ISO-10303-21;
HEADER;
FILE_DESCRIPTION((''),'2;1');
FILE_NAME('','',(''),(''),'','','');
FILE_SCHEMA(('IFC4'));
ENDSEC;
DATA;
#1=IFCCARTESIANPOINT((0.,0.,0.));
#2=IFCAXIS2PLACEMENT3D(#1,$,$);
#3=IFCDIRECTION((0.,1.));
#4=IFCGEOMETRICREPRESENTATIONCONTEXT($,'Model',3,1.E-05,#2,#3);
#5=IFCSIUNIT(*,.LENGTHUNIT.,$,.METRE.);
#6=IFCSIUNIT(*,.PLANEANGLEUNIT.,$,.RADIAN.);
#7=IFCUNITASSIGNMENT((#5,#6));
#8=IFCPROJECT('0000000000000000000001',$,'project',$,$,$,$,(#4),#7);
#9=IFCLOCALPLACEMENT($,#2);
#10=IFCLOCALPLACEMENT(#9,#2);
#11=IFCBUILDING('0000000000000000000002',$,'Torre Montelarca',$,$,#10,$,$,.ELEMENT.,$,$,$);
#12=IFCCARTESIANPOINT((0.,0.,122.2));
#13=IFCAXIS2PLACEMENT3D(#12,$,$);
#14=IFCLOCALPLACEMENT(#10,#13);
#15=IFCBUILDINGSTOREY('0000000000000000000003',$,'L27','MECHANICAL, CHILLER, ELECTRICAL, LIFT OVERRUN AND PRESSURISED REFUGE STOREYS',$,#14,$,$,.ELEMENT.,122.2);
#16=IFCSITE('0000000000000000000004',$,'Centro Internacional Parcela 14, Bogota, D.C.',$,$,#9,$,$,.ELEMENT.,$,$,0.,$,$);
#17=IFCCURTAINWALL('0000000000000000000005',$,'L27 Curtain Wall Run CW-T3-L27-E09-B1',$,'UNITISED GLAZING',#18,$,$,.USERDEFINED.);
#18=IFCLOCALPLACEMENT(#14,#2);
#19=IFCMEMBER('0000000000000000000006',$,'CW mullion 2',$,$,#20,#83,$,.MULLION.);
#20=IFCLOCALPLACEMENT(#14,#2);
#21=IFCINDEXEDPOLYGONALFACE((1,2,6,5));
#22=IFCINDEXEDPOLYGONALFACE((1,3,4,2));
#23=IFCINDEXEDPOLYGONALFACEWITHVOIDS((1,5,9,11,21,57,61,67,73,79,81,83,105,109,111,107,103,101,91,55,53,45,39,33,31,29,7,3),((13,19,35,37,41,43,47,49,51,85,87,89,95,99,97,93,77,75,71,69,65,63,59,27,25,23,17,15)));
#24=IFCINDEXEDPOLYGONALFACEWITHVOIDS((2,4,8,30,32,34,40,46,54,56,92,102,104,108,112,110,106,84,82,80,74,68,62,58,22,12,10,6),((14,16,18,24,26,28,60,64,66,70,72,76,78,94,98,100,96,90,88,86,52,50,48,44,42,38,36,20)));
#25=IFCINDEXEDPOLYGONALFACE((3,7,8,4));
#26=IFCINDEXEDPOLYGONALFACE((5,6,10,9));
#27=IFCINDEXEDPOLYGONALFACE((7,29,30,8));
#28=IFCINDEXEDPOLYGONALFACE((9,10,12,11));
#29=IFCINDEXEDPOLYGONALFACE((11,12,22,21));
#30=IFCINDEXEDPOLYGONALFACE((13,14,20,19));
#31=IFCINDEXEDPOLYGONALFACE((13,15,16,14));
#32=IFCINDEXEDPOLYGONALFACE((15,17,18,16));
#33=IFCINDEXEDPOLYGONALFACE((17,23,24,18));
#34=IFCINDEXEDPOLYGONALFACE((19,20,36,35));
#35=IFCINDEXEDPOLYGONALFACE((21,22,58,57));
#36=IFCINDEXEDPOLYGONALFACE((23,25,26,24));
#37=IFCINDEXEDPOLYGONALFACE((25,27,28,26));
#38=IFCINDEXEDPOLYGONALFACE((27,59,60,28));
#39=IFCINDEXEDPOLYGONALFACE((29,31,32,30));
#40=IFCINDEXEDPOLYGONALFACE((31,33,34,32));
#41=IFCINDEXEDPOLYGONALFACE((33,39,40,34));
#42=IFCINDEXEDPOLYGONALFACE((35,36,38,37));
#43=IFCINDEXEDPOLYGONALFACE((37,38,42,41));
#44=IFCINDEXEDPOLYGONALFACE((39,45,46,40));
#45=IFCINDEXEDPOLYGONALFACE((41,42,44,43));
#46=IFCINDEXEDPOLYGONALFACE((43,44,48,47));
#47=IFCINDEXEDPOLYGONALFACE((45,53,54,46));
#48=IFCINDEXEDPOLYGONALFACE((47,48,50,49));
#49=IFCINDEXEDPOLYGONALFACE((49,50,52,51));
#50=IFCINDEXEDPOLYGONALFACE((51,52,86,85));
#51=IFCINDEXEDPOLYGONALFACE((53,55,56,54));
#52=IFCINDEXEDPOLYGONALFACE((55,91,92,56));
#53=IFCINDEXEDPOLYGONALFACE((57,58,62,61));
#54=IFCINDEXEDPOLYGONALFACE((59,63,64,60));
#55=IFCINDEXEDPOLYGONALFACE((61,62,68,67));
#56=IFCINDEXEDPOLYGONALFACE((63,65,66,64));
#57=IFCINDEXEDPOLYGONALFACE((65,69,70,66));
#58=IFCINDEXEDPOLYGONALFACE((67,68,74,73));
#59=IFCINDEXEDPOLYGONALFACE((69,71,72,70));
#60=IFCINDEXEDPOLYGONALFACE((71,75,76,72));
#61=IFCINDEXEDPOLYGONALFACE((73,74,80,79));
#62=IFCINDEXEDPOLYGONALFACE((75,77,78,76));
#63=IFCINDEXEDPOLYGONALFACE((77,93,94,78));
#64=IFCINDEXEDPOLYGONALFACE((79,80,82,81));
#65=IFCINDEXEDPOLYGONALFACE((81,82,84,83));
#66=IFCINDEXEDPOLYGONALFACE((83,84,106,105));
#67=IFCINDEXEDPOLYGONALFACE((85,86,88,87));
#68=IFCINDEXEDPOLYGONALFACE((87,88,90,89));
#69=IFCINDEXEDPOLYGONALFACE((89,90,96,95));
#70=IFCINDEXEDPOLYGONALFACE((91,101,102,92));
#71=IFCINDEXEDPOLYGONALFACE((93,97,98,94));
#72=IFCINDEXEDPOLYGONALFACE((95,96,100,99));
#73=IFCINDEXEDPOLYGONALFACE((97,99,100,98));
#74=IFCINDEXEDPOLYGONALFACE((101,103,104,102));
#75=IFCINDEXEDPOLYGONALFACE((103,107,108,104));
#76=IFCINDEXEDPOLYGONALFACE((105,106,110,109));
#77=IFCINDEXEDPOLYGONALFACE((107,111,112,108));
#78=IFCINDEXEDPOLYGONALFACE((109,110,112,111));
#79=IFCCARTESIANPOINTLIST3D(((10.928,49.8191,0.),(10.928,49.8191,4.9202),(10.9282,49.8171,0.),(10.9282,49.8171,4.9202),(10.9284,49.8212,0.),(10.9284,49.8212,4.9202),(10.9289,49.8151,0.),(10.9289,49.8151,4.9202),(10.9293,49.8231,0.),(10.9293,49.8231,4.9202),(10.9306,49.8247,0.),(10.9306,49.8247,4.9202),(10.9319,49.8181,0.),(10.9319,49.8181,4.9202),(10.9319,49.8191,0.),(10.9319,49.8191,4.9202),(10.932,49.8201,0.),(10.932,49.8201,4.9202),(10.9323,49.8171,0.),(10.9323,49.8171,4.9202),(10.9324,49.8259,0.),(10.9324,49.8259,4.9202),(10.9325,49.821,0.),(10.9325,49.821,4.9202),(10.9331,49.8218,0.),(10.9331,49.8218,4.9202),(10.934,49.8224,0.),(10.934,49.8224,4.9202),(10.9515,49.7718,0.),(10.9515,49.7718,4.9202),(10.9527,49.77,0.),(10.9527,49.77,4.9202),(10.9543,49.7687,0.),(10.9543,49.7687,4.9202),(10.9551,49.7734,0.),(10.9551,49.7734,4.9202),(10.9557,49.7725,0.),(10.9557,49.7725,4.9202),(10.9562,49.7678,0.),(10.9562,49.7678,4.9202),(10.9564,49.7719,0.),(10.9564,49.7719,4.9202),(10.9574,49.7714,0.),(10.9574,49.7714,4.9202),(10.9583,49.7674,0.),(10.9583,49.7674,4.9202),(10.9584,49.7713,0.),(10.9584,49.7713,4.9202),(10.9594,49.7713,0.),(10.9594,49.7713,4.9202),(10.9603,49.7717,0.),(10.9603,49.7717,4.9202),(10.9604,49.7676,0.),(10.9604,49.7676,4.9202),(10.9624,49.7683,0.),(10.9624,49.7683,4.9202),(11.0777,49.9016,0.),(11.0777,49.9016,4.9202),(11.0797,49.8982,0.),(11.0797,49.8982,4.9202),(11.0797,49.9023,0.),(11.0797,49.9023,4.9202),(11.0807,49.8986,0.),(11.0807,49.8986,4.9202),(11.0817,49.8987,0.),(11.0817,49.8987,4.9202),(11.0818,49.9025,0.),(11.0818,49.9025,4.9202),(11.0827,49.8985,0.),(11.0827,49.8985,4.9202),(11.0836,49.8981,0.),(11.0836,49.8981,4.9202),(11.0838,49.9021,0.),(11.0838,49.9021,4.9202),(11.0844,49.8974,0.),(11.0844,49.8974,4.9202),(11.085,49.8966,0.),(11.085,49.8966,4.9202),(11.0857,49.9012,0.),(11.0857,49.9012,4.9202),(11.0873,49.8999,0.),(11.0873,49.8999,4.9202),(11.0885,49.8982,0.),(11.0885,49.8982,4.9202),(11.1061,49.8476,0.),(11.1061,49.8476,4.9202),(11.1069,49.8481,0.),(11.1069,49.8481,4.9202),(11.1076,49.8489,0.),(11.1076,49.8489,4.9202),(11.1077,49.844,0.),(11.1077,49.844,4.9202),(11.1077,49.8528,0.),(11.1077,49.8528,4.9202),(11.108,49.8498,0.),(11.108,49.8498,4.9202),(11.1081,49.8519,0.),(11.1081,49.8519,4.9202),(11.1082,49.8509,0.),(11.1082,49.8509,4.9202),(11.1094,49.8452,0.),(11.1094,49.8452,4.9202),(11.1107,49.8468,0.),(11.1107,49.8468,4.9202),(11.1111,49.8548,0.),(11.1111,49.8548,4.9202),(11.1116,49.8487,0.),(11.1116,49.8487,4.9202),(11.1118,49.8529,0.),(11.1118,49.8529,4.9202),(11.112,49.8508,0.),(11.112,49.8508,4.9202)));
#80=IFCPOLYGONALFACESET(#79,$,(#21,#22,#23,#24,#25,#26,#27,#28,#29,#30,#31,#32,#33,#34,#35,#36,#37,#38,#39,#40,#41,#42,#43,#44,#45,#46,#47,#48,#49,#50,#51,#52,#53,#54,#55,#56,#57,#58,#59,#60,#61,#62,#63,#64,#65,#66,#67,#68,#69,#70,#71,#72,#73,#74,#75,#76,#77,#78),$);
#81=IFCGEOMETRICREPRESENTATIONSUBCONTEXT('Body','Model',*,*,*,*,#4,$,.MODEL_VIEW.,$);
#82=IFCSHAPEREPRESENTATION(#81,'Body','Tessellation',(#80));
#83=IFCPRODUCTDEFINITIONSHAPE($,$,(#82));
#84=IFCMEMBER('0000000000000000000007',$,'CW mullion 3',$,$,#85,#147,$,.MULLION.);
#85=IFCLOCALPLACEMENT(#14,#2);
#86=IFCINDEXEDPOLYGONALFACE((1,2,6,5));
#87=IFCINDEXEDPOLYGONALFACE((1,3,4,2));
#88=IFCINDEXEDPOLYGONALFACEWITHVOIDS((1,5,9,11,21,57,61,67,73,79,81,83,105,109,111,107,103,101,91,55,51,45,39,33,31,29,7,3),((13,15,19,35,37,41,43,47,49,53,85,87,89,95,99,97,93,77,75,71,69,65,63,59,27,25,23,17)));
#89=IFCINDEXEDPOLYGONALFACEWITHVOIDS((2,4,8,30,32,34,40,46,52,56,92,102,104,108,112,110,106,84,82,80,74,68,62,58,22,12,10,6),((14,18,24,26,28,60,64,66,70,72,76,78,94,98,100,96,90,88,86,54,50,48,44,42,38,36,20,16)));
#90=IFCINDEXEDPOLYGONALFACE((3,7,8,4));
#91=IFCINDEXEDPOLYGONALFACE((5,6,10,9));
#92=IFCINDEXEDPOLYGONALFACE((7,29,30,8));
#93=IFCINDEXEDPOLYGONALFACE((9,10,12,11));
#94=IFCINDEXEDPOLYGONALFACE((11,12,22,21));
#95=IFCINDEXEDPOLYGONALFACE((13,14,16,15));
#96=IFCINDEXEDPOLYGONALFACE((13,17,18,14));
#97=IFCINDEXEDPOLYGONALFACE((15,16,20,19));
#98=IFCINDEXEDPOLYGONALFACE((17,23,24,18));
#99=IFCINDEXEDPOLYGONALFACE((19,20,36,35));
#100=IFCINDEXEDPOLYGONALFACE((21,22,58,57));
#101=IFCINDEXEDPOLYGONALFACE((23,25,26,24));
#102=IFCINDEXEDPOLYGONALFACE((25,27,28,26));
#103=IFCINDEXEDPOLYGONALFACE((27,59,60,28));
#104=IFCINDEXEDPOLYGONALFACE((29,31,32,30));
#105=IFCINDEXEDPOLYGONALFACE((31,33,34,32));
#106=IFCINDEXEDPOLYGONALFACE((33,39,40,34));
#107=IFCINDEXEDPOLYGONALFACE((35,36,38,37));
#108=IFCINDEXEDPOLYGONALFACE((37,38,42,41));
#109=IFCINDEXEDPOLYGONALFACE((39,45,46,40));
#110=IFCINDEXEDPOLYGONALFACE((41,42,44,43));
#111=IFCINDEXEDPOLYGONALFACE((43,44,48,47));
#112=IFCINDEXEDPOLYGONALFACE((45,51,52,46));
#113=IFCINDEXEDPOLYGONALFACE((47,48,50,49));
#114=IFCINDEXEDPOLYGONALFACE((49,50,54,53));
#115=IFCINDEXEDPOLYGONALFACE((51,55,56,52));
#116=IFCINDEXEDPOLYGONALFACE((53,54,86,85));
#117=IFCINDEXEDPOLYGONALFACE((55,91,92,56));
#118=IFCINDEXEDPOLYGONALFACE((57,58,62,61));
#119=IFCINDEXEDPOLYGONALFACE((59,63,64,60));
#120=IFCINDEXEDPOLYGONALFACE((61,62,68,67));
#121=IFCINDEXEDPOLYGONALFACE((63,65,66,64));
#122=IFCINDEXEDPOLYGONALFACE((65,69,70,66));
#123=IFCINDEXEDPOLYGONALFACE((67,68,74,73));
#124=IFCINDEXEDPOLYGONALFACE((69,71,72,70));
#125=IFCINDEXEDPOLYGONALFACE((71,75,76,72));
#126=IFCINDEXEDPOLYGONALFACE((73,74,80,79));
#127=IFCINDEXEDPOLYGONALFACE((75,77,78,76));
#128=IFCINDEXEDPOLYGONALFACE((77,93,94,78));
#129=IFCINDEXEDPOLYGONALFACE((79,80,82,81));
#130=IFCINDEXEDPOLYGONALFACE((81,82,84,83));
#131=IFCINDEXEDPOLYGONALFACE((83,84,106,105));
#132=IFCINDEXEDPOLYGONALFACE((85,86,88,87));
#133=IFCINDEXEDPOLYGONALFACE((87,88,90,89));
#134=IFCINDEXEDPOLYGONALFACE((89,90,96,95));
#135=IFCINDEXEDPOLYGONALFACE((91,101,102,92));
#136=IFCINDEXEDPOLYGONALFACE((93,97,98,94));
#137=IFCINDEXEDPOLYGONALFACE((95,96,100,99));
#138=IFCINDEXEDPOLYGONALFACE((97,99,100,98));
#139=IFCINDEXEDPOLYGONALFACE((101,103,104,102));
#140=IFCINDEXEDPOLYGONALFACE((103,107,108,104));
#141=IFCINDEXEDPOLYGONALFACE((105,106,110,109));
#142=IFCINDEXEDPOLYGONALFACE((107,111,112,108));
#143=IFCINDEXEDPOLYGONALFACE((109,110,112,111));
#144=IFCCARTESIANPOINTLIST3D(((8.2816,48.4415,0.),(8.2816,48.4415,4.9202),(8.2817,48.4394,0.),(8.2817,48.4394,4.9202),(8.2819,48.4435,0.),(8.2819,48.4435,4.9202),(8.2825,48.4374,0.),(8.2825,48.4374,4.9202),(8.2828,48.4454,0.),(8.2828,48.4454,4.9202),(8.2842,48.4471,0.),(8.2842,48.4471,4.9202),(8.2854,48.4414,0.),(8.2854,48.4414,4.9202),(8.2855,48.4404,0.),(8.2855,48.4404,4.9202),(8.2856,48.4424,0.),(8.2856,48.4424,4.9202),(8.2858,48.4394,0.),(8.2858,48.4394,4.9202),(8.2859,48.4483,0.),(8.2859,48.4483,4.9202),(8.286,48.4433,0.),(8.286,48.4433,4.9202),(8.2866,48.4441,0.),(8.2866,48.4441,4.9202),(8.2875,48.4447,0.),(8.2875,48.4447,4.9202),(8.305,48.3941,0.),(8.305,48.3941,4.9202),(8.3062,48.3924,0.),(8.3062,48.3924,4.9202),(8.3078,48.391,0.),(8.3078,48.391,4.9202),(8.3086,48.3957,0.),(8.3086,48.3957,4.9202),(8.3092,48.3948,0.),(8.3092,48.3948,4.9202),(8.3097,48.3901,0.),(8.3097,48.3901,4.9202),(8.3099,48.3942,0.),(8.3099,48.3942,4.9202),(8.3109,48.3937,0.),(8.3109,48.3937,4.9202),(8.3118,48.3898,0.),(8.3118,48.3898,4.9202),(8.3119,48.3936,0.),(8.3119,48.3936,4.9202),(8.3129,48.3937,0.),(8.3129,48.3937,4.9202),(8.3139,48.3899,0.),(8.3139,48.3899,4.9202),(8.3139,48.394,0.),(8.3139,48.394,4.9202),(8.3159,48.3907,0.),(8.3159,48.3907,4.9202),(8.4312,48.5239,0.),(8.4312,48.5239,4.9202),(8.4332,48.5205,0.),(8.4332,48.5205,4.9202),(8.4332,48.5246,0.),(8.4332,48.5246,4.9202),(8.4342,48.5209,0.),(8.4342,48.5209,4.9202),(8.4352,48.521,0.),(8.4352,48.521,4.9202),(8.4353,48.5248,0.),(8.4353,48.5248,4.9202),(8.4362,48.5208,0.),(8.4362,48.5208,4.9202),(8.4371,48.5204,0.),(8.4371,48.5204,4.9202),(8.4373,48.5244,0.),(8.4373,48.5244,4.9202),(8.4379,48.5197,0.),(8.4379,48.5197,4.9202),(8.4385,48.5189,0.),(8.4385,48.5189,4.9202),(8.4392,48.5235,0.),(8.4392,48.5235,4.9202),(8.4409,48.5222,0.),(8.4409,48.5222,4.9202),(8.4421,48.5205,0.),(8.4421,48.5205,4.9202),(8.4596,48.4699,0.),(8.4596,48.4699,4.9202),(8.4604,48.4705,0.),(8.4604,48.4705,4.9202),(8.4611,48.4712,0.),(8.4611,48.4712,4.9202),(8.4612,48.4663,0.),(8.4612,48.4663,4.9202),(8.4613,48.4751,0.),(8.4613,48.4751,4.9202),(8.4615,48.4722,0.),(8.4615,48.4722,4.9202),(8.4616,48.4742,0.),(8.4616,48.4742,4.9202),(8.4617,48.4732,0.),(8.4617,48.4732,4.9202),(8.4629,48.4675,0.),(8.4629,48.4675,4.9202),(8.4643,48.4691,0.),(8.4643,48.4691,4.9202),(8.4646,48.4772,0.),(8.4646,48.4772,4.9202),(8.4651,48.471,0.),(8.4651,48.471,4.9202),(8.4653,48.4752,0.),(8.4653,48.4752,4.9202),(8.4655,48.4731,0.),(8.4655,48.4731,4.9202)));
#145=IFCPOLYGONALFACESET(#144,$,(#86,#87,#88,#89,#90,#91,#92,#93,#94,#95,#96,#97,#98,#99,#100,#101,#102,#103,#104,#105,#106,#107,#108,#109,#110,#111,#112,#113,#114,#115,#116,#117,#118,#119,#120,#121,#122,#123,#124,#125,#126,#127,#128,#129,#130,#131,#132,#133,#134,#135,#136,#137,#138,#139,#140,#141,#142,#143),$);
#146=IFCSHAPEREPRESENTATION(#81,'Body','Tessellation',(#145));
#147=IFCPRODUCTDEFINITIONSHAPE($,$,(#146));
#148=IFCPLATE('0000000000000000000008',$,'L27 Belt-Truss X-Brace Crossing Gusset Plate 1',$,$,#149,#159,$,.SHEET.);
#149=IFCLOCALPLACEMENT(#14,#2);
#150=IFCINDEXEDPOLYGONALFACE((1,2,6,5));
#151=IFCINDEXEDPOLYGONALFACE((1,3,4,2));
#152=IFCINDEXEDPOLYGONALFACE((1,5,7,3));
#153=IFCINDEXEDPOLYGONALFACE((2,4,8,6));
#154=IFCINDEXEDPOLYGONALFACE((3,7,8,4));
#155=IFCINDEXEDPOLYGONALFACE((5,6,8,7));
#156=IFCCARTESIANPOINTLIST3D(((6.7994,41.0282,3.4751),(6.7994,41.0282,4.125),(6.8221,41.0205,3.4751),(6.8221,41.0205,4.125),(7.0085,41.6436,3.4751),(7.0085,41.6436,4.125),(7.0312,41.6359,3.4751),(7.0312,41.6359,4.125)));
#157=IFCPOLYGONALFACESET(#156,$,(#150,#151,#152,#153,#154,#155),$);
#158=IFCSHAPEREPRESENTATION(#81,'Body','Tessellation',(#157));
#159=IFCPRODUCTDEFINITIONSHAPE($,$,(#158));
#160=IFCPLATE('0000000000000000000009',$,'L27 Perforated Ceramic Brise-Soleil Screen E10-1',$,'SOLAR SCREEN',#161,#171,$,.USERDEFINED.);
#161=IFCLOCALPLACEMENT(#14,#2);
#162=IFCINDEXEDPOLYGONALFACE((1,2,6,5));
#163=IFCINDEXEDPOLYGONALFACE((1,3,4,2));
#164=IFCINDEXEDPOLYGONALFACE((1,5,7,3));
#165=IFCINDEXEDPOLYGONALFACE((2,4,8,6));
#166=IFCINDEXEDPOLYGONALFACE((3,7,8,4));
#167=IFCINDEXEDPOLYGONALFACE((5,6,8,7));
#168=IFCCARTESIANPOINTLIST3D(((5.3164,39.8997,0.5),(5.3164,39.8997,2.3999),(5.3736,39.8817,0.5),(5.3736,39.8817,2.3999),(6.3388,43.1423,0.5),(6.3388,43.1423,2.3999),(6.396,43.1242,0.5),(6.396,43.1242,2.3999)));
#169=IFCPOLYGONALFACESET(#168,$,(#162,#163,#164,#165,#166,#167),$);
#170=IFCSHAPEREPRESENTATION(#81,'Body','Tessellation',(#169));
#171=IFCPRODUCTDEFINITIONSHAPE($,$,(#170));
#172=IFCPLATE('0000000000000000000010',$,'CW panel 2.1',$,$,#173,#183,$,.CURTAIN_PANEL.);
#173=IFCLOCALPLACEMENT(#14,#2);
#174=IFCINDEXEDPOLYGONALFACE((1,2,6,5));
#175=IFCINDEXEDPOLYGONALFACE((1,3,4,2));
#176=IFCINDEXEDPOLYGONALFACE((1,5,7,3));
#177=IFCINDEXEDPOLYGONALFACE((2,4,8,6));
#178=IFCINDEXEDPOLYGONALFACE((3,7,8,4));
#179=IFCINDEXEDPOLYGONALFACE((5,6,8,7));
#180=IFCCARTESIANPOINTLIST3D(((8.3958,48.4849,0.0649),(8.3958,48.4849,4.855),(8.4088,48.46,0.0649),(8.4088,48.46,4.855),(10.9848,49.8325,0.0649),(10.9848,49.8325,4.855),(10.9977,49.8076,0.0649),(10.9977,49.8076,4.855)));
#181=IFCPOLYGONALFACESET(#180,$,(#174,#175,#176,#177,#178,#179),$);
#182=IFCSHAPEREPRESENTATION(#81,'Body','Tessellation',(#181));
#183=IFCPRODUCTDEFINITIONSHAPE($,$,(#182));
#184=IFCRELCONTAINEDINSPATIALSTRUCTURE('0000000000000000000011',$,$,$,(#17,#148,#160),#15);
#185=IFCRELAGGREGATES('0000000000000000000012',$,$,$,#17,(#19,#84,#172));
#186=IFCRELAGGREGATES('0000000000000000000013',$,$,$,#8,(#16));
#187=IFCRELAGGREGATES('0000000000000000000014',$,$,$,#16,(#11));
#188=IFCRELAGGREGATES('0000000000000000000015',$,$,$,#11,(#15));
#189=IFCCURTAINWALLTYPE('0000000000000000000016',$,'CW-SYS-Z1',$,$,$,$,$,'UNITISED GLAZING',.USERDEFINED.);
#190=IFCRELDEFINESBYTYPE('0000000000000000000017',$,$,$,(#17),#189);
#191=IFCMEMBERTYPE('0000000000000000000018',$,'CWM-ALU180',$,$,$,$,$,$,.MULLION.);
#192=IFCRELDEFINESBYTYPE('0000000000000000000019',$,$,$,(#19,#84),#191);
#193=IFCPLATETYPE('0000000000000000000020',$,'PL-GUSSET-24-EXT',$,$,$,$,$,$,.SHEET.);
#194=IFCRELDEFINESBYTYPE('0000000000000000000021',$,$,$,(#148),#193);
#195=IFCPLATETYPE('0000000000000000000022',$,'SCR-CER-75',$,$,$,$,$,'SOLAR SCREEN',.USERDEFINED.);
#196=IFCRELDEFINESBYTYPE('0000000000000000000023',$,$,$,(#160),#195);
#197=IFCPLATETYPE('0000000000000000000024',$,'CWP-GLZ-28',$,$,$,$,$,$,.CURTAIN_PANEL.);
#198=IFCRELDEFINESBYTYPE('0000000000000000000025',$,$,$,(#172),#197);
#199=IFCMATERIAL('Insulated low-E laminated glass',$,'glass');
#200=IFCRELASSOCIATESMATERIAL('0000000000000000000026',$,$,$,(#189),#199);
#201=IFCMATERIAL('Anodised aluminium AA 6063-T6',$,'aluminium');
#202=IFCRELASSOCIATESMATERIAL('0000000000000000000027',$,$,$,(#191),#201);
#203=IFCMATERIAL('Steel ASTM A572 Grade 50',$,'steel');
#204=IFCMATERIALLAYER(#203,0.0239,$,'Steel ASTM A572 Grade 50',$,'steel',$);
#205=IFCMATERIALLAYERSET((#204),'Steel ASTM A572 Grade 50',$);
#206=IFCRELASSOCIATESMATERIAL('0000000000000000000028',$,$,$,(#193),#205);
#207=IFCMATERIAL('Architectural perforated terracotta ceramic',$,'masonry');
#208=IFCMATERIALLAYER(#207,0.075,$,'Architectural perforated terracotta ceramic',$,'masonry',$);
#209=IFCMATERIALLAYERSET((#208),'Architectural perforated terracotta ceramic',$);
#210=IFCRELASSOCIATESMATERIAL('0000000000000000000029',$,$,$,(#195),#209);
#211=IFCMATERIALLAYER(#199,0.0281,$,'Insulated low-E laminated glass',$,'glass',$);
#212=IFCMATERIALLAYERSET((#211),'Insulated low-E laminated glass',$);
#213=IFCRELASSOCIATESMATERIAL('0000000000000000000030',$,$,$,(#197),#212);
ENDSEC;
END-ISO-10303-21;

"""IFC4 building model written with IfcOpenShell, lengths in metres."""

from ifc_helpers import new_model, si_unit, direction, frame, origin, origin_2d, place, context, subcontext, project, spatial, rectangle, hollow_rectangle, extrude, source, transform, mapped, material, layer, layer_set, material_profile, profile_set, type_object, element, aggregate, save


model = new_model("IFC4")

# Units and contexts
model_context = context("Model", 3, precision=1e-05, world=origin(), true_north=direction((0.0, 1.0)))
body_context = subcontext(model_context, "Body", "Model", "MODEL_VIEW")
ifc_project = project(units=[si_unit("LENGTHUNIT", "METRE"), si_unit("PLANEANGLEUNIT", "RADIAN")], contexts=[model_context])

# Site, building, storey
site_placement = place(None, origin())
site = spatial("IfcSite", under=ifc_project, at=site_placement, Name="Centro Internacional Parcela 14, Bogota, D.C.", CompositionType="ELEMENT", RefElevation=0.0)
building_placement = place(site_placement, origin())
building = spatial("IfcBuilding", under=site, at=building_placement, Name="Torre Montelarca", CompositionType="ELEMENT")
storey_placement = place(building_placement, frame((0.0, 0.0, 122.2)))
storey = spatial("IfcBuildingStorey", under=building, at=storey_placement, Name="L27", Description="MECHANICAL, CHILLER, ELECTRICAL, LIFT OVERRUN AND PRESSURISED REFUGE STOREYS", CompositionType="ELEMENT", Elevation=122.2)

# Curtain wall, members
ifc_material_1 = material(Name="Insulated low-E laminated glass", Category="glass")
curtain_wall_type = type_object("IfcCurtainWallType", Name="CW-SYS-Z1", ElementType="UNITISED GLAZING", PredefinedType="USERDEFINED", material=ifc_material_1)
curtain_wall_placement = place(storey_placement, origin())
curtain_wall = element("IfcCurtainWall", 1, at=curtain_wall_placement, inside=storey, type_object=curtain_wall_type, Name="L27 Curtain Wall Run CW-T3-L27-E09-B1", ObjectType="UNITISED GLAZING", PredefinedType="USERDEFINED")
ifc_material_2 = material(Name="Anodised aluminium AA 6063-T6", Category="aluminium")
ifc_material_profile_1 = material_profile(ifc_material_2, hollow_rectangle(XDim=0.0649, YDim=0.1799, WallThickness=0.0039, InnerFilletRadius=0.0039, OuterFilletRadius=0.0081, at=origin_2d()), Name="ALU65X180X4", Category="aluminium")
ifc_profile_set_1 = profile_set([ifc_material_profile_1], Name="Anodised aluminium AA 6063-T6")
member_type_1 = type_object("IfcMemberType", Name="CWM-ALU180", PredefinedType="MULLION", material=ifc_profile_set_1)
shared_shape_1 = source(origin(), body_context, "Body", "SweptSolid", [
    extrude(hollow_rectangle(XDim=0.0649, YDim=0.1799, WallThickness=0.0039, InnerFilletRadius=0.0039, OuterFilletRadius=0.0081, at=origin_2d()), origin(), (0.0, 0.0, 1.0), 4.9202),
])
member_1_placement = place(storey_placement, frame((11.02, 49.835, 0.0), z_axis=(0.0, 0.0, 1.0), x_axis=(0.461729, -0.887021, 0.0)))
member_1 = element("IfcMember", 2, at=member_1_placement, type_object=member_type_1, Name="CW mullion 2", PredefinedType="MULLION", context=body_context, shape_type="MappedRepresentation", body=[
    mapped(shared_shape_1, transform((0.0, 0.0, 0.0), scale=1.0)),
])
member_2_placement = place(storey_placement, frame((8.3735, 48.4573, 0.0), z_axis=(0.0, 0.0, 1.0), x_axis=(0.461729, -0.887021, 0.0)))
member_2 = element("IfcMember", 3, at=member_2_placement, type_object=member_type_1, Name="CW mullion 3", PredefinedType="MULLION", context=body_context, shape_type="MappedRepresentation", body=[
    mapped(shared_shape_1, transform((0.0, 0.0, 0.0), scale=1.0)),
])

# Plates
ifc_material_3 = material(Name="Steel ASTM A572 Grade 50", Category="steel")
ifc_layer_1 = layer(ifc_material_3, 0.0239, Name="Steel ASTM A572 Grade 50", Category="steel")
ifc_layer_set_1 = layer_set([ifc_layer_1], Name="Steel ASTM A572 Grade 50")
plate_type_1 = type_object("IfcPlateType", Name="PL-GUSSET-24-EXT", PredefinedType="SHEET", material=ifc_layer_set_1)
shared_shape_2 = source(origin(), body_context, "Body", "SweptSolid", [
    extrude(rectangle(XDim=0.6499, YDim=0.0239, at=origin_2d()), origin(), (0.0, 0.0, 1.0), 0.6499),
])
plate_1_placement = place(storey_placement, frame((6.9153, 41.332, 3.4751), z_axis=(0.0, 0.0, 1.0), x_axis=(0.32177, 0.946818, 0.0)))
element("IfcPlate", 4, at=plate_1_placement, inside=storey, type_object=plate_type_1, Name="L27 Belt-Truss X-Brace Crossing Gusset Plate 1", PredefinedType="SHEET", context=body_context, shape_type="MappedRepresentation", body=[
    mapped(shared_shape_2, transform((0.0, 0.0, 0.0), scale=1.0)),
])
ifc_material_4 = material(Name="Architectural perforated terracotta ceramic", Category="masonry")
ifc_layer_2 = layer(ifc_material_4, 0.075, Name="Architectural perforated terracotta ceramic", Category="masonry")
ifc_layer_set_2 = layer_set([ifc_layer_2], Name="Architectural perforated terracotta ceramic")
plate_type_2 = type_object("IfcPlateType", Name="SCR-CER-75", ElementType="SOLAR SCREEN", PredefinedType="USERDEFINED", material=ifc_layer_set_2)
shared_shape_3 = source(origin(), body_context, "Body", "SweptSolid", [
    extrude(rectangle(XDim=3.3999, YDim=0.0601, at=origin_2d()), origin(), (0.0, 0.0, 1.0), 1.8999),
])
plate_2_placement = place(storey_placement, frame((5.8562, 41.512, 0.5), z_axis=(0.0, 0.0, 1.0), x_axis=(-0.300709, -0.953716, 0.0)))
element("IfcPlate", 5, at=plate_2_placement, inside=storey, type_object=plate_type_2, Name="L27 Perforated Ceramic Brise-Soleil Screen E10-1", ObjectType="SOLAR SCREEN", PredefinedType="USERDEFINED", context=body_context, shape_type="MappedRepresentation", body=[
    mapped(shared_shape_3, transform((0.0, 0.0, 0.0), scale=1.0)),
])

# Plate
ifc_layer_3 = layer(ifc_material_1, 0.0281, Name="Insulated low-E laminated glass", Category="glass")
ifc_layer_set_3 = layer_set([ifc_layer_3], Name="Insulated low-E laminated glass")
plate_type_3 = type_object("IfcPlateType", Name="CWP-GLZ-28", PredefinedType="CURTAIN_PANEL", material=ifc_layer_set_3)
shared_shape_4 = source(origin(), body_context, "Body", "SweptSolid", [
    extrude(rectangle(XDim=2.9187, YDim=0.0281, at=origin_2d()), origin(), (0.0, 0.0, 1.0), 4.79),
])
plate_3_placement = place(storey_placement, frame((9.6968, 49.1462, 0.0649), z_axis=(0.0, 0.0, 1.0), x_axis=(-0.887021, -0.461729, 0.0)))
plate_3 = element("IfcPlate", 6, at=plate_3_placement, type_object=plate_type_3, Name="CW panel 2.1", PredefinedType="CURTAIN_PANEL", context=body_context, shape_type="MappedRepresentation", body=[
    mapped(shared_shape_4, transform((0.0, 0.0, 0.0), scale=1.0)),
])
aggregate(curtain_wall, [member_1, member_2, plate_3])

save(model, "model.ifc")
